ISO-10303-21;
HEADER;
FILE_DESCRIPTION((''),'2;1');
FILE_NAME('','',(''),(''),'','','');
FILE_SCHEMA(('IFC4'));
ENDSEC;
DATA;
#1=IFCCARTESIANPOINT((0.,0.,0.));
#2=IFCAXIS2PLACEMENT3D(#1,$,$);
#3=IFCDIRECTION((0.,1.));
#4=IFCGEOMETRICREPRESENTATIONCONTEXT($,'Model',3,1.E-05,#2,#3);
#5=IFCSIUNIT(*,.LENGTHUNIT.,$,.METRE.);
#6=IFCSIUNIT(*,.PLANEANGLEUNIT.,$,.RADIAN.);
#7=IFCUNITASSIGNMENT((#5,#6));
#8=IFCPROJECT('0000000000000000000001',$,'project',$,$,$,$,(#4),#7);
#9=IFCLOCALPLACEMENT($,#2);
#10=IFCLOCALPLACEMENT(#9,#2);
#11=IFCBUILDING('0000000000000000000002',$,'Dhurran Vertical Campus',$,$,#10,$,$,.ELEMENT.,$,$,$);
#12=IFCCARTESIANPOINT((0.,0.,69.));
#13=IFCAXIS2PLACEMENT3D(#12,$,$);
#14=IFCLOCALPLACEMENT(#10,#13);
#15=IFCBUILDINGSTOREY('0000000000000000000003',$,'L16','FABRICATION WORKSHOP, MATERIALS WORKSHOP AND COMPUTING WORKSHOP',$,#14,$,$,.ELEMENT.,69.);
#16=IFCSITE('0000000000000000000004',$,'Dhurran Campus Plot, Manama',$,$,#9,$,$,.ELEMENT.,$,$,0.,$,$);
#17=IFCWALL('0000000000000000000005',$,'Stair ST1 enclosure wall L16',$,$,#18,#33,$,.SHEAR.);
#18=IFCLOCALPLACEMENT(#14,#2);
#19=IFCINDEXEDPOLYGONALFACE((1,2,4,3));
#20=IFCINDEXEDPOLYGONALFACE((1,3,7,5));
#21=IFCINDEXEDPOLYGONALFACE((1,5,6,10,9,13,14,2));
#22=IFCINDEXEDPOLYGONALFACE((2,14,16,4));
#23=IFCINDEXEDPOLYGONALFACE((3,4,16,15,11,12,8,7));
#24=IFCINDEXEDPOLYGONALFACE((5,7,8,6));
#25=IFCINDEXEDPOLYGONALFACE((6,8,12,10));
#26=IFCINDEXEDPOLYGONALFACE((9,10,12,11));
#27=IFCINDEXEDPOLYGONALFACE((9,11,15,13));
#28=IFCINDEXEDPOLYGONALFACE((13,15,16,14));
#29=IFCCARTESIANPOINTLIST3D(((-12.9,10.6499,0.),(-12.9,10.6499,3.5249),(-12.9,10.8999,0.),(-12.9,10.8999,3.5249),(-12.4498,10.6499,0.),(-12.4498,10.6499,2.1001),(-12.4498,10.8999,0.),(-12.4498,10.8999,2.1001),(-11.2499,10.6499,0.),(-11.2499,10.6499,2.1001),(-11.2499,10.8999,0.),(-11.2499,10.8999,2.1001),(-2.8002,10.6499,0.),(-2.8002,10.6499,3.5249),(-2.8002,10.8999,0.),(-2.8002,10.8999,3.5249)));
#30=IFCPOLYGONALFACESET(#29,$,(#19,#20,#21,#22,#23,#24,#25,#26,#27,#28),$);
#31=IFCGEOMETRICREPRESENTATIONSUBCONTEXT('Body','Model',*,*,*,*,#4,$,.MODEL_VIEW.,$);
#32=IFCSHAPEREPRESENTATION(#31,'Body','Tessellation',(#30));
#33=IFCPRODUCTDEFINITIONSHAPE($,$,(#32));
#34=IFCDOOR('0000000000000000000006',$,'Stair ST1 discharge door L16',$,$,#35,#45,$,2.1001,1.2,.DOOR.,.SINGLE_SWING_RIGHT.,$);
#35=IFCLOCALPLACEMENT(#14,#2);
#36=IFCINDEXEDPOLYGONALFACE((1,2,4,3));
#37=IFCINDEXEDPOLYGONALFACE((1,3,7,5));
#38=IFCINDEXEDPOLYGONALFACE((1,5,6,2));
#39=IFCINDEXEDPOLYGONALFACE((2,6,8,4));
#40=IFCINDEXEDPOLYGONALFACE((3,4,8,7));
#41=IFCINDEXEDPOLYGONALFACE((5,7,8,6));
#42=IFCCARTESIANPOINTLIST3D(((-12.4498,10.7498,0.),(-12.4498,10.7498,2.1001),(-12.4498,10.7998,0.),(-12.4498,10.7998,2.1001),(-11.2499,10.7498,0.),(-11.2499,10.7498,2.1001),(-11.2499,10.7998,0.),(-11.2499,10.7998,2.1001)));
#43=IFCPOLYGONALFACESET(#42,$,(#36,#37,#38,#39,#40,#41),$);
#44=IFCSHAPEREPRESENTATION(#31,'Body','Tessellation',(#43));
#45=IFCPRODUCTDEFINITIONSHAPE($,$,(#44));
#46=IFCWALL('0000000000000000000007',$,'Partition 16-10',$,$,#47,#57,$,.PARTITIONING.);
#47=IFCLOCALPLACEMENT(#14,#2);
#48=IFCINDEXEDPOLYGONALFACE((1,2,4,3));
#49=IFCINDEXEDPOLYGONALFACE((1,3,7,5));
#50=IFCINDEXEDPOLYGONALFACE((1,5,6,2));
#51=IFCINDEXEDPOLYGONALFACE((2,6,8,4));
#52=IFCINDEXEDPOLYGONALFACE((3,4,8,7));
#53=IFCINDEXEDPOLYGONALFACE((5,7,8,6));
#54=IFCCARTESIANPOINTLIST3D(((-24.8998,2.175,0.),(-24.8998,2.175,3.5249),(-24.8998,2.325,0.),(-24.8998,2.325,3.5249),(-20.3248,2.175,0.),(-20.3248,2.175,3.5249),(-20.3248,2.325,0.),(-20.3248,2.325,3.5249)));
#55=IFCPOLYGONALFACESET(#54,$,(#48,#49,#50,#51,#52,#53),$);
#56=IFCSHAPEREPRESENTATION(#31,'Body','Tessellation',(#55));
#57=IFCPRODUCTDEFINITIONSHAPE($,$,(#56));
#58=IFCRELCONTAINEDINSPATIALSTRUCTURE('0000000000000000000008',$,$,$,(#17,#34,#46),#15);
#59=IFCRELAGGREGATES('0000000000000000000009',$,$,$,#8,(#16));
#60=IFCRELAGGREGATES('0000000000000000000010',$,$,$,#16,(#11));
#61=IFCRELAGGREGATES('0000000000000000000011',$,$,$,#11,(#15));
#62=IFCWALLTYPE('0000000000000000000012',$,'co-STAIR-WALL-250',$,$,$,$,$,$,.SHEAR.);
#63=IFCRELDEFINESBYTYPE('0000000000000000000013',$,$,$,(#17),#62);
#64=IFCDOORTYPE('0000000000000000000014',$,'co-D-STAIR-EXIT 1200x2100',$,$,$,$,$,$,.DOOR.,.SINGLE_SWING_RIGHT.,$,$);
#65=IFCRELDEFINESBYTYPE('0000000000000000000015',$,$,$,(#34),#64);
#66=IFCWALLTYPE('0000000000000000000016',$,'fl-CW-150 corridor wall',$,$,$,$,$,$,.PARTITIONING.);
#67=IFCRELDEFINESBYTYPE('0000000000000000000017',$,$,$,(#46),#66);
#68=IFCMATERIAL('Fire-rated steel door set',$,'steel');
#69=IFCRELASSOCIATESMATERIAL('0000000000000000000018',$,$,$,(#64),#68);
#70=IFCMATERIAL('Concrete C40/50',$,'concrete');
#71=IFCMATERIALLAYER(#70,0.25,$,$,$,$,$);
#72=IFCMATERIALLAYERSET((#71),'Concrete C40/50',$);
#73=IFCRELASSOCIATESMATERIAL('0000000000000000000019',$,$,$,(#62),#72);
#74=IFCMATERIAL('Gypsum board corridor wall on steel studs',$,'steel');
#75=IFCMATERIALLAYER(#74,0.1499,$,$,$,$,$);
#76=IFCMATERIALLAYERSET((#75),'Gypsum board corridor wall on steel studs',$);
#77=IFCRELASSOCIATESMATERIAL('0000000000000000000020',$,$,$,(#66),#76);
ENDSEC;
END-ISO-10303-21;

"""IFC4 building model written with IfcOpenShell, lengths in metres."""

from ifc_helpers import new_model, si_unit, direction, frame, frame_2d, origin, place, context, subcontext, project, spatial, rectangle, extrude, material, layer, layer_set, type_object, element, fill, save


model = new_model("IFC4")

# Units and contexts
model_context = context("Model", 3, precision=1e-05, world=origin(), true_north=direction((0.0, 1.0)))
body_context = subcontext(model_context, "Body", "Model", "MODEL_VIEW")
ifc_project = project(units=[si_unit("LENGTHUNIT", "METRE"), si_unit("PLANEANGLEUNIT", "RADIAN")], contexts=[model_context])

# Site, building, storey
site_placement = place(None, origin())
site = spatial("IfcSite", under=ifc_project, at=site_placement, Name="Dhurran Campus Plot, Manama", CompositionType="ELEMENT", RefElevation=0.0)
building_placement = place(site_placement, origin())
building = spatial("IfcBuilding", under=site, at=building_placement, Name="Dhurran Vertical Campus", CompositionType="ELEMENT")
storey_placement = place(building_placement, frame((0.0, 0.0, 69.0)))
storey = spatial("IfcBuildingStorey", under=building, at=storey_placement, Name="L16", Description="FABRICATION WORKSHOP, MATERIALS WORKSHOP AND COMPUTING WORKSHOP", CompositionType="ELEMENT", Elevation=69.0)

# Shared definitions
ifc_material_1 = material(Name="Fire-rated steel door set", Category="steel")
door_type_1 = type_object("IfcDoorType", Name="co-D-STAIR-EXIT 1200x2100", OperationType="SINGLE_SWING_RIGHT", PredefinedType="DOOR", material=ifc_material_1)

# Wall, opening, door
ifc_material_2 = material(Name="Concrete C40/50", Category="concrete")
ifc_layer_1 = layer(ifc_material_2, 0.25)
ifc_layer_set_1 = layer_set([ifc_layer_1], Name="Concrete C40/50")
wall_type_1 = type_object("IfcWallType", Name="co-STAIR-WALL-250", PredefinedType="SHEAR", material=ifc_layer_set_1)
wall_1_placement = place(storey_placement, frame((-12.8999, 10.7749, 0.0), z_axis=(0.0, 0.0, 1.0), x_axis=(1.0, 0.0, 0.0)))
wall_1 = element("IfcWall", 1, at=wall_1_placement, inside=storey, type_object=wall_type_1, Name="Stair ST1 enclosure wall L16", PredefinedType="SHEAR", context=body_context, shape_type="SweptSolid", body=[
    extrude(rectangle(XDim=10.0999, YDim=0.25, at=frame_2d((5.0498, 0.0))), origin(), (0.0, 0.0, 1.0), 3.5249),
])
opening_1_placement = place(wall_1_placement, frame((0.45, 0.0, 0.0)))
opening_1 = element("IfcOpeningElement", 2, at=opening_1_placement, cuts=wall_1, PredefinedType="OPENING", context=body_context, shape_type="SweptSolid", body=[
    extrude(rectangle(XDim=1.2, YDim=2.1001, at=frame_2d((0.6001, 1.05))), frame((0.0, 0.135, 0.0), z_axis=(0.0, -1.0, 0.0), x_axis=(1.0, 0.0, 0.0)), (0.0, 0.0, 1.0), 0.27),
])
door_1_placement = place(opening_1_placement, origin())
door_1 = element("IfcDoor", 3, at=door_1_placement, inside=storey, type_object=door_type_1, Name="Stair ST1 discharge door L16", OperationType="SINGLE_SWING_RIGHT", OverallHeight=2.1001, OverallWidth=1.2, PredefinedType="DOOR", context=body_context, shape_type="SweptSolid", body=[
    extrude(rectangle(XDim=1.2, YDim=2.1001, at=frame_2d((0.6001, 1.05))), frame((0.0, 0.0249, 0.0), z_axis=(0.0, -1.0, 0.0), x_axis=(1.0, 0.0, 0.0)), (0.0, 0.0, 1.0), 0.05),
])
fill(opening_1, door_1)

# Wall
ifc_material_3 = material(Name="Gypsum board corridor wall on steel studs", Category="steel")
ifc_layer_2 = layer(ifc_material_3, 0.1499)
ifc_layer_set_2 = layer_set([ifc_layer_2], Name="Gypsum board corridor wall on steel studs")
wall_type_2 = type_object("IfcWallType", Name="fl-CW-150 corridor wall", PredefinedType="PARTITIONING", material=ifc_layer_set_2)
wall_2_placement = place(storey_placement, frame((-24.8999, 2.25, 0.0), z_axis=(0.0, 0.0, 1.0), x_axis=(1.0, 0.0, 0.0)))
element("IfcWall", 4, at=wall_2_placement, inside=storey, type_object=wall_type_2, Name="Partition 16-10", PredefinedType="PARTITIONING", context=body_context, shape_type="SweptSolid", body=[
    extrude(rectangle(XDim=4.575, YDim=0.1499, at=frame_2d((2.2876, 0.0))), origin(), (0.0, 0.0, 1.0), 3.5249),
])

save(model, "model.ifc")
